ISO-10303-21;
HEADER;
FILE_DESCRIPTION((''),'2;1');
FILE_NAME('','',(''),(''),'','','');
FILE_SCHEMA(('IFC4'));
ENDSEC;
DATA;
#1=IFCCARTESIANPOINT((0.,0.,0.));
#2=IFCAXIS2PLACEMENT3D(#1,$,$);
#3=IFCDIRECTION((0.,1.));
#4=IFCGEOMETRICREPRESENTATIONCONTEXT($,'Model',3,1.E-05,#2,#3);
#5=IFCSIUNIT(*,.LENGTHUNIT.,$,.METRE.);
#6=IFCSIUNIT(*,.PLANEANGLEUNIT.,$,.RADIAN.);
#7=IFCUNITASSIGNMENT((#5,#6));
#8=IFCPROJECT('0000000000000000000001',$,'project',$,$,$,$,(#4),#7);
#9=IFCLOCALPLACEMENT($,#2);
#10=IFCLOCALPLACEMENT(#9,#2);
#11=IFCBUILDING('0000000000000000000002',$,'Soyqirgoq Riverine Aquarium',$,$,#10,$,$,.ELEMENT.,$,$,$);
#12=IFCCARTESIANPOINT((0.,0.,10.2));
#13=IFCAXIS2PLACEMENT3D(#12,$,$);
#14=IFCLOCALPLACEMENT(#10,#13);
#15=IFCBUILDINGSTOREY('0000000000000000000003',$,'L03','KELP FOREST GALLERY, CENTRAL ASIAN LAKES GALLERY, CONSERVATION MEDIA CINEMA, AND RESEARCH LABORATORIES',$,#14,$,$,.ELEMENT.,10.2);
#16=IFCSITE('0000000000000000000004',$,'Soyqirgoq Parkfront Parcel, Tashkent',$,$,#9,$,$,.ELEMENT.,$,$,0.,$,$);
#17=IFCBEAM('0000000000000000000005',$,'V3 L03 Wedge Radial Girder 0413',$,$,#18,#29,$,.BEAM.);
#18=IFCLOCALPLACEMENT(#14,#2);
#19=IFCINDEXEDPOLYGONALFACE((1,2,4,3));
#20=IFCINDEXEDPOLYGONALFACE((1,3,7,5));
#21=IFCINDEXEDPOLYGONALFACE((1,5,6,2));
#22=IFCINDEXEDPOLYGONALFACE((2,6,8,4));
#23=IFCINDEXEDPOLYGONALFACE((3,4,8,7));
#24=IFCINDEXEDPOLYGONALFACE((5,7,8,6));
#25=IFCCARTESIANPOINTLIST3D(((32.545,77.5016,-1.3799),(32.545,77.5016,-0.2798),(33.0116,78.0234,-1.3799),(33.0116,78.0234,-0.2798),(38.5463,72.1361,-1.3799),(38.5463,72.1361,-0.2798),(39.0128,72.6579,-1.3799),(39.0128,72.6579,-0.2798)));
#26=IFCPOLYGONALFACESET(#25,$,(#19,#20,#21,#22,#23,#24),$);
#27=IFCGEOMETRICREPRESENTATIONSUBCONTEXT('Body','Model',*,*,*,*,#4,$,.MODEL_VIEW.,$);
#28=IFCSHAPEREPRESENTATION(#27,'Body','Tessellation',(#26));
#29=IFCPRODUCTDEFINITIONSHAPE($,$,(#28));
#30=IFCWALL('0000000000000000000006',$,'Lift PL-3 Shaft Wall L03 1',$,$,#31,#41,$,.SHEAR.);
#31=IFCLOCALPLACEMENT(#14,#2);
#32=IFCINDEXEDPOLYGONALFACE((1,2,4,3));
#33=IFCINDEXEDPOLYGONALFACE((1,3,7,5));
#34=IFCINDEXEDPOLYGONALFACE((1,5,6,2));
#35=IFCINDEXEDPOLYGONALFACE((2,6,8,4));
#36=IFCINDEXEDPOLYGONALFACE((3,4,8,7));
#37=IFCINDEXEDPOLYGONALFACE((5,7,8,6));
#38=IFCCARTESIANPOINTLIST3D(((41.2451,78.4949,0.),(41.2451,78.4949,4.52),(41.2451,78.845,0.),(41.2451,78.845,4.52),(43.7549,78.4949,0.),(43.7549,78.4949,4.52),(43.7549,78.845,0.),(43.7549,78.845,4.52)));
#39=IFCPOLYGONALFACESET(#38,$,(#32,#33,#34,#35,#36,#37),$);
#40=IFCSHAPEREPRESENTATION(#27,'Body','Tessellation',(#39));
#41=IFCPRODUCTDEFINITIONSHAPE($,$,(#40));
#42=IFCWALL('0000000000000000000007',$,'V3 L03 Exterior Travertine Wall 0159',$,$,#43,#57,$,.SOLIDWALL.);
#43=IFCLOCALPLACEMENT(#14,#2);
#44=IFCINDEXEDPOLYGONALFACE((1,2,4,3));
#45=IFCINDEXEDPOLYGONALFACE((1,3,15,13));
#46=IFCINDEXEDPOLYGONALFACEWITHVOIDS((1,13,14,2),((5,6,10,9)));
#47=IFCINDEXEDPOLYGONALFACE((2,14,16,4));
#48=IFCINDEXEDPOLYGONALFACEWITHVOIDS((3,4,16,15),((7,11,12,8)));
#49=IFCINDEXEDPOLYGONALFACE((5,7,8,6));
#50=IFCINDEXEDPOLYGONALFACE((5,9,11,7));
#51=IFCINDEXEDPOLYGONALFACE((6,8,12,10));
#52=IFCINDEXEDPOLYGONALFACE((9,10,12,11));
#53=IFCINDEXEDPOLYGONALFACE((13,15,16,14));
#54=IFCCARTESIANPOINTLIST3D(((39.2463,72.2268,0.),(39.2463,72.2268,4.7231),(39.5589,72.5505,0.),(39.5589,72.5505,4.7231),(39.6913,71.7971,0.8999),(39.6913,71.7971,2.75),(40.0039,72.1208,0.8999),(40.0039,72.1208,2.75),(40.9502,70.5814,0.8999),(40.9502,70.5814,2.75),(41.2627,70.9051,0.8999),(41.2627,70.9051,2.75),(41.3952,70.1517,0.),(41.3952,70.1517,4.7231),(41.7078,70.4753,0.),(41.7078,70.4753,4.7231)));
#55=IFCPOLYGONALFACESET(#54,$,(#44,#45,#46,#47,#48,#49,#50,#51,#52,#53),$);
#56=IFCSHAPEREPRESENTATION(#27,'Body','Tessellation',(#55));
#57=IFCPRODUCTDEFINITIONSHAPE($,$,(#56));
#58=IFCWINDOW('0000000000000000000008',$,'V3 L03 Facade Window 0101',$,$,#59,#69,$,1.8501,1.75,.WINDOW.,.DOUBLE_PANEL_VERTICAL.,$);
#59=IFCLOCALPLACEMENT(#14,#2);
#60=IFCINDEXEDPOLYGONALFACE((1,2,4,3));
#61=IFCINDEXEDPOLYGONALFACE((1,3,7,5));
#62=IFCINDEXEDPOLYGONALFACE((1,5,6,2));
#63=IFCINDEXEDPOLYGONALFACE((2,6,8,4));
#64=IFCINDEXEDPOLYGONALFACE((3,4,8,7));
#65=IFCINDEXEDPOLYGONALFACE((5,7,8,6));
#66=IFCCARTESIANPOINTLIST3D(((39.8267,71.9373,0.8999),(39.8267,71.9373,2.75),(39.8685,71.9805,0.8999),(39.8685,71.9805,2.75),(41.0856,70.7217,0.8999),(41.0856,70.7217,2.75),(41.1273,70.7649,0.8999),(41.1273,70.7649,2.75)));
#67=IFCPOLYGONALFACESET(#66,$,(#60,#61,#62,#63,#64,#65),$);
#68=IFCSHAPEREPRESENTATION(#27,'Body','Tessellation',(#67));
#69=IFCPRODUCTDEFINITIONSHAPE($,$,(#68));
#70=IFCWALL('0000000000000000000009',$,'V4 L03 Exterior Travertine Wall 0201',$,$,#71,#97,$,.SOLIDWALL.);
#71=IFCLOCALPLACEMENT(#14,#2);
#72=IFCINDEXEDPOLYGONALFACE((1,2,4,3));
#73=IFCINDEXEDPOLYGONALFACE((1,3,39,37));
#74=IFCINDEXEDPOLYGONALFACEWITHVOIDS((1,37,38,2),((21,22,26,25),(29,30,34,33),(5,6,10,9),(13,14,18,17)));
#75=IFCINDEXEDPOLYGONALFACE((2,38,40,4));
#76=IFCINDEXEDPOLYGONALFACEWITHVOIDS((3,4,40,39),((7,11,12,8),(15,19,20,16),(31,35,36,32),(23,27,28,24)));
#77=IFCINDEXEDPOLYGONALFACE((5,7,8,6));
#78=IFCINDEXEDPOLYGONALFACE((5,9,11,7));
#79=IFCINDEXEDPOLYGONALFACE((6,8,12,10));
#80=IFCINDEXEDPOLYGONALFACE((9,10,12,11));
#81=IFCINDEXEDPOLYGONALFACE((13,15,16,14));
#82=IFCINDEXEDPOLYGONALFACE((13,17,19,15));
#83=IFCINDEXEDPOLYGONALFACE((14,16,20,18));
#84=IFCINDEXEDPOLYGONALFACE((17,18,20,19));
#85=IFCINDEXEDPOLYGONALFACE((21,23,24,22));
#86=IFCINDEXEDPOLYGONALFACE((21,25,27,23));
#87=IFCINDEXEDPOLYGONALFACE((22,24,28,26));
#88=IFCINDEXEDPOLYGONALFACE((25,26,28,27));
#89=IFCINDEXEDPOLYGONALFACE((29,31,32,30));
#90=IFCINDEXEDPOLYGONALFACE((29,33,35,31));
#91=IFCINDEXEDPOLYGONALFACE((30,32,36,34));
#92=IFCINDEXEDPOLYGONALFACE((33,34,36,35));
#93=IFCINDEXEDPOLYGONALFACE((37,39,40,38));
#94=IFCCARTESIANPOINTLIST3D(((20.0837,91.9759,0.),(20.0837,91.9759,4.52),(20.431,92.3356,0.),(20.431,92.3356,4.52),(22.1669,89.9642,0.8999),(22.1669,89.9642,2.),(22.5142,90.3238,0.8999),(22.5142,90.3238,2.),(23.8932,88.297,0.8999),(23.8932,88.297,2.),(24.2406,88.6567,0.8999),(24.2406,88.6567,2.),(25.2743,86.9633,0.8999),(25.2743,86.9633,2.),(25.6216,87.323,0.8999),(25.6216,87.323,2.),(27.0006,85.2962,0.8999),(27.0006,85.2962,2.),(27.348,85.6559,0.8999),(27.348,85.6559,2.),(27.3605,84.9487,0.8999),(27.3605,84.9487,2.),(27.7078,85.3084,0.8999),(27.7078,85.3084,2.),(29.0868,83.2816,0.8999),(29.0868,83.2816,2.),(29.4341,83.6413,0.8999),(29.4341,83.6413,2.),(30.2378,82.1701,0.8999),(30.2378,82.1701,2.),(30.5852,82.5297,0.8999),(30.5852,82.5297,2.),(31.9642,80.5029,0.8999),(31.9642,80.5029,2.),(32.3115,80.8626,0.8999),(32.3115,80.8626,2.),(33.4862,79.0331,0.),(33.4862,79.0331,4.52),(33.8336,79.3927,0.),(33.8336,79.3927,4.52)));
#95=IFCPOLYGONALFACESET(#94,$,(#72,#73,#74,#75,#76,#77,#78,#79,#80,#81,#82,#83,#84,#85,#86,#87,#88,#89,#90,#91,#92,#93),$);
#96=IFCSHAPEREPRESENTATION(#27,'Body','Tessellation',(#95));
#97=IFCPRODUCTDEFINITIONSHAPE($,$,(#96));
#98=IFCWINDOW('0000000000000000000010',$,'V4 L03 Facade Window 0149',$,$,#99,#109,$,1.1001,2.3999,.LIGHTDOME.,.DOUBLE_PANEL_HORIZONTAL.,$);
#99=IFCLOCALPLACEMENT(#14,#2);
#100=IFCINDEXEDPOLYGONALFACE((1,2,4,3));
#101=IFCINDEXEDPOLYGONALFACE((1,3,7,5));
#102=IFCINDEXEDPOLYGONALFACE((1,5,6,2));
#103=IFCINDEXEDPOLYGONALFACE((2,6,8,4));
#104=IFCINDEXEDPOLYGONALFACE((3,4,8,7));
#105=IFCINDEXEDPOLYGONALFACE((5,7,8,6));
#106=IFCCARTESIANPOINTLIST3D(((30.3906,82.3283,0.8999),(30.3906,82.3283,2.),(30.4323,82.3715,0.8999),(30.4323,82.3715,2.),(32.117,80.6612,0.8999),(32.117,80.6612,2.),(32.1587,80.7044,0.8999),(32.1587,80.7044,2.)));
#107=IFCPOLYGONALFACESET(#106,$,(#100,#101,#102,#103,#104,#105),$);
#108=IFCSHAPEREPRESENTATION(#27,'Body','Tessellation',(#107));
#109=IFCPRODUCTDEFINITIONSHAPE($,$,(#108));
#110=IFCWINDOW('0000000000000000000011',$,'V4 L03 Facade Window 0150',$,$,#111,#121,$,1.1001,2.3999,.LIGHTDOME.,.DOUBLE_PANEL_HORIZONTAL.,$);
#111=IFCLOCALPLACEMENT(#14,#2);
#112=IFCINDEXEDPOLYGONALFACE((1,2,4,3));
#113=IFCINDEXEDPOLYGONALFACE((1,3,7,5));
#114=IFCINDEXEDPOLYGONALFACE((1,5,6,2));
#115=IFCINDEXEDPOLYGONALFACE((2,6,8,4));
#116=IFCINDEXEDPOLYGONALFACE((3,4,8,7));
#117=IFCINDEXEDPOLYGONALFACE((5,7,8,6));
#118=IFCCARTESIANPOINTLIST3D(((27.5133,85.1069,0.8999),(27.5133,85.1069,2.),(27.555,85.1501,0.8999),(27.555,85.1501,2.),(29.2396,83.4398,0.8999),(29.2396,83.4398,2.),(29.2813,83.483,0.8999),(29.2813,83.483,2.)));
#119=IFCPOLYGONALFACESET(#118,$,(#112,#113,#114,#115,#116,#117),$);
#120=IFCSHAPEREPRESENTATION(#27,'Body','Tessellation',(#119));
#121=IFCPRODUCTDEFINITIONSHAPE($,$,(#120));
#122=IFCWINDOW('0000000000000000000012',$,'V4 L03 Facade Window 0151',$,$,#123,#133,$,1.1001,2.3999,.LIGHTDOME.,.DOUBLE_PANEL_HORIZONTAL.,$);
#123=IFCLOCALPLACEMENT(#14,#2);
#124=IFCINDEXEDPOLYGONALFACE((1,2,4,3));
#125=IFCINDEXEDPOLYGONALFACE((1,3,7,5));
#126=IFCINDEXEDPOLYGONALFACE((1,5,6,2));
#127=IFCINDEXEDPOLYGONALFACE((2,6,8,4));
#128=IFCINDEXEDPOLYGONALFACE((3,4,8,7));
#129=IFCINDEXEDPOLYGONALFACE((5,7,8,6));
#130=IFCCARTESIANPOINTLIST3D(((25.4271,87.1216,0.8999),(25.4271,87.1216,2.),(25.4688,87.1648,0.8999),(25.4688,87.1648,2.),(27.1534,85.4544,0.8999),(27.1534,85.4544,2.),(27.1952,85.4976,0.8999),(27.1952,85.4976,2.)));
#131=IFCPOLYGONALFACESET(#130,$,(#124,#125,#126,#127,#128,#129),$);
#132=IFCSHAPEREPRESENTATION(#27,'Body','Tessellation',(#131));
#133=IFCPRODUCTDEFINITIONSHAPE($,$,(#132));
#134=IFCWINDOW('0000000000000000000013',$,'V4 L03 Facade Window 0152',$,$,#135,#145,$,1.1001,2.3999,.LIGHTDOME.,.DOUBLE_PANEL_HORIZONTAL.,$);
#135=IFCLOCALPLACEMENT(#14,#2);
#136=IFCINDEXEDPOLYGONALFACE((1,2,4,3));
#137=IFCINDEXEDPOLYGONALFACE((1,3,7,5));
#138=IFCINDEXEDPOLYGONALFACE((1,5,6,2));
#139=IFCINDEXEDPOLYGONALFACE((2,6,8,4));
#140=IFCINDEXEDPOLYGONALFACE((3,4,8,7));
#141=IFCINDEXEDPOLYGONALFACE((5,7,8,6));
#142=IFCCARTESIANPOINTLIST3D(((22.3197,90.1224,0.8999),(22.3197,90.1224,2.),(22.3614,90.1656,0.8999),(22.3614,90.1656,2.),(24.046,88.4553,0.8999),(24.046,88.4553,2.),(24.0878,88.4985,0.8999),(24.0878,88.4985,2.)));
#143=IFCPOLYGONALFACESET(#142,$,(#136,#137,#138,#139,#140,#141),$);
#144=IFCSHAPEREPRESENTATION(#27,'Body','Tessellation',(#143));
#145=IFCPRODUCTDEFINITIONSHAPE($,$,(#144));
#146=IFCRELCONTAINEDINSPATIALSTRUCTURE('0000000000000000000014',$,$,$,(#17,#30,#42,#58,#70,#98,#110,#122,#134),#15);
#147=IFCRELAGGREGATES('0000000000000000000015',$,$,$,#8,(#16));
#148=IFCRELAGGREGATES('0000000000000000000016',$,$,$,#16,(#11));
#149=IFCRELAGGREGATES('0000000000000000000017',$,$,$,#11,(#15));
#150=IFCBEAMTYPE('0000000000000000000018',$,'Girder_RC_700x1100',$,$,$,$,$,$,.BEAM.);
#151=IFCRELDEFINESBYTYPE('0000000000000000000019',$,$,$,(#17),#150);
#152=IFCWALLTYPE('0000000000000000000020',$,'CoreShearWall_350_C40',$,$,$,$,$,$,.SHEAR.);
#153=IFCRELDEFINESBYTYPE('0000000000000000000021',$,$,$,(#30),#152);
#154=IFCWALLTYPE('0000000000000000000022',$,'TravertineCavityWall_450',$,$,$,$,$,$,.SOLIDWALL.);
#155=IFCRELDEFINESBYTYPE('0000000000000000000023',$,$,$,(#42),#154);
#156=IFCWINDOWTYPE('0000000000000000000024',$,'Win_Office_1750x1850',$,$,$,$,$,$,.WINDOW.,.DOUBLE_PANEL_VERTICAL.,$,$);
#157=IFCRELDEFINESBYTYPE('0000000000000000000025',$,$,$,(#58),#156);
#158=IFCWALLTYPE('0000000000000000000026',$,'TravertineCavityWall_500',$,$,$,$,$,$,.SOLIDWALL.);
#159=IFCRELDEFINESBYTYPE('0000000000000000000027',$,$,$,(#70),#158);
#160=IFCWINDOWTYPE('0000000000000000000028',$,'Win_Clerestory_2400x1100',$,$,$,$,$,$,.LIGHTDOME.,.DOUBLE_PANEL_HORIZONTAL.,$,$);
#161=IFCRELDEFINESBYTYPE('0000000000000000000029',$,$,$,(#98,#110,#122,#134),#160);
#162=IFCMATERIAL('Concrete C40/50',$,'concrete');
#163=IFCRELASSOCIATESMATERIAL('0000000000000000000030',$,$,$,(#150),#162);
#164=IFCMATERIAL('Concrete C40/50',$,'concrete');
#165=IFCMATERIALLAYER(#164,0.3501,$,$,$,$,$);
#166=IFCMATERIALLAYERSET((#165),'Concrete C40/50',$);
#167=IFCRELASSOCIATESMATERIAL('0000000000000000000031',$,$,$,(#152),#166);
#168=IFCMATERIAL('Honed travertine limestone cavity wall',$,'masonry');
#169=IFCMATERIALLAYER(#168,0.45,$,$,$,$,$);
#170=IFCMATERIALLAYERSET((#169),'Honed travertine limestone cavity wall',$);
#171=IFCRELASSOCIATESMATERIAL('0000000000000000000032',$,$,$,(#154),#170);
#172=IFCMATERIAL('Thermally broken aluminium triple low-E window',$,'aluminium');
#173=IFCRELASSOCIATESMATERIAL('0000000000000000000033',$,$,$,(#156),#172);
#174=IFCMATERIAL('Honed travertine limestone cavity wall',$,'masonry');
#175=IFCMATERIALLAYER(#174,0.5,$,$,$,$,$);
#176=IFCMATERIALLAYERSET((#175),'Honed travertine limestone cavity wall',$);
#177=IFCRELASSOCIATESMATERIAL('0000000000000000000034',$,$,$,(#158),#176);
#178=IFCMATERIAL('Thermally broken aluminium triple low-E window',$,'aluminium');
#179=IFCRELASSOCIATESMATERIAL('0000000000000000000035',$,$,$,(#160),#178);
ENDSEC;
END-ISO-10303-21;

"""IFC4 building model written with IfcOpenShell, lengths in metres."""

from ifc_helpers import new_model, si_unit, direction, frame, frame_2d, origin, origin_2d, place, context, subcontext, project, spatial, rectangle, extrude, material, layer, layer_set, material_profile, profile_set, type_object, element, fill, save


model = new_model("IFC4")

# Units and contexts
model_context = context("Model", 3, precision=1e-05, world=origin(), true_north=direction((0.0, 1.0)))
body_context = subcontext(model_context, "Body", "Model", "MODEL_VIEW")
ifc_project = project(units=[si_unit("LENGTHUNIT", "METRE"), si_unit("PLANEANGLEUNIT", "RADIAN")], contexts=[model_context])

# Site, building, storey
site_placement = place(None, origin())
site = spatial("IfcSite", under=ifc_project, at=site_placement, Name="Soyqirgoq Parkfront Parcel, Tashkent", CompositionType="ELEMENT", RefElevation=0.0)
building_placement = place(site_placement, origin())
building = spatial("IfcBuilding", under=site, at=building_placement, Name="Soyqirgoq Riverine Aquarium", CompositionType="ELEMENT")
storey_placement = place(building_placement, frame((0.0, 0.0, 10.2)))
storey = spatial("IfcBuildingStorey", under=building, at=storey_placement, Name="L03", Description="KELP FOREST GALLERY, CENTRAL ASIAN LAKES GALLERY, CONSERVATION MEDIA CINEMA, AND RESEARCH LABORATORIES", CompositionType="ELEMENT", Elevation=10.2)

# Beam
ifc_material_1 = material(Name="Concrete C40/50", Category="concrete")
ifc_material_profile_1 = material_profile(ifc_material_1, rectangle(XDim=0.7, YDim=1.1001, at=origin_2d()), Name="RC 700x1100")
ifc_profile_set_1 = profile_set([ifc_material_profile_1], Name="Concrete C40/50")
beam_type_1 = type_object("IfcBeamType", Name="Girder_RC_700x1100", PredefinedType="BEAM", material=ifc_profile_set_1)
beam_1_placement = place(storey_placement, frame((38.7795, 72.397, -0.8298), z_axis=(-0.74549, 0.666516, 0.0), x_axis=(-0.666516, -0.74549, 0.0)))
element("IfcBeam", 1, at=beam_1_placement, inside=storey, type_object=beam_type_1, Name="V3 L03 Wedge Radial Girder 0413", PredefinedType="BEAM", context=body_context, shape_type="SweptSolid", body=[
    extrude(rectangle(XDim=0.7, YDim=1.1001, at=origin_2d()), origin(), (0.0, 0.0, 1.0), 8.05),
])

# Wall
ifc_material_2 = material(Name="Concrete C40/50", Category="concrete")
ifc_layer_1 = layer(ifc_material_2, 0.3501)
ifc_layer_set_1 = layer_set([ifc_layer_1], Name="Concrete C40/50")
wall_type_1 = type_object("IfcWallType", Name="CoreShearWall_350_C40", PredefinedType="SHEAR", material=ifc_layer_set_1)
wall_1_placement = place(storey_placement, frame((41.2451, 78.6699, 0.0), z_axis=(0.0, 0.0, 1.0), x_axis=(1.0, 0.0, 0.0)))
element("IfcWall", 2, at=wall_1_placement, inside=storey, type_object=wall_type_1, Name="Lift PL-3 Shaft Wall L03 1", PredefinedType="SHEAR", context=body_context, shape_type="SweptSolid", body=[
    extrude(rectangle(XDim=2.5098, YDim=0.3501, at=frame_2d((1.2549, 0.0))), origin(), (0.0, 0.0, 1.0), 4.52),
])

# Wall, opening, window
ifc_material_3 = material(Name="Honed travertine limestone cavity wall", Category="masonry")
ifc_layer_2 = layer(ifc_material_3, 0.45)
ifc_layer_set_2 = layer_set([ifc_layer_2], Name="Honed travertine limestone cavity wall")
wall_type_2 = type_object("IfcWallType", Name="TravertineCavityWall_450", PredefinedType="SOLIDWALL", material=ifc_layer_set_2)
wall_2_placement = place(storey_placement, frame((39.4026, 72.3887, 0.0), z_axis=(0.0, 0.0, 1.0), x_axis=(0.719339, -0.694659, 0.0)))
wall_2 = element("IfcWall", 3, at=wall_2_placement, inside=storey, type_object=wall_type_2, Name="V3 L03 Exterior Travertine Wall 0159", PredefinedType="SOLIDWALL", context=body_context, shape_type="SweptSolid", body=[
    extrude(rectangle(XDim=2.9873, YDim=0.45, at=frame_2d((1.4937, 0.0))), origin(), (0.0, 0.0, 1.0), 4.7231),
])
opening_1_placement = place(wall_2_placement, frame((0.6187, 0.0, 0.8999)))
opening_1 = element("IfcOpeningElement", 4, at=opening_1_placement, cuts=wall_2, PredefinedType="OPENING", context=body_context, shape_type="SweptSolid", body=[
    extrude(rectangle(XDim=1.75, YDim=1.8501, at=frame_2d((0.875, 0.925))), frame((0.0, 0.2349, 0.0), z_axis=(0.0, -1.0, 0.0), x_axis=(1.0, 0.0, 0.0)), (0.0, 0.0, 1.0), 0.47),
])
ifc_material_4 = material(Name="Thermally broken aluminium triple low-E window", Category="aluminium")
window_type_1 = type_object("IfcWindowType", Name="Win_Office_1750x1850", PartitioningType="DOUBLE_PANEL_VERTICAL", PredefinedType="WINDOW", material=ifc_material_4)
window_1_placement = place(opening_1_placement, origin())
window_1 = element("IfcWindow", 5, at=window_1_placement, inside=storey, type_object=window_type_1, Name="V3 L03 Facade Window 0101", OverallHeight=1.8501, OverallWidth=1.75, PartitioningType="DOUBLE_PANEL_VERTICAL", PredefinedType="WINDOW", context=body_context, shape_type="SweptSolid", body=[
    extrude(rectangle(XDim=1.75, YDim=1.8501, at=frame_2d((0.875, 0.925))), frame((0.0, 0.03, 0.0), z_axis=(0.0, -1.0, 0.0), x_axis=(1.0, 0.0, 0.0)), (0.0, 0.0, 1.0), 0.0601),
])
fill(opening_1, window_1)

# Wall, openings, windows
ifc_material_5 = material(Name="Honed travertine limestone cavity wall", Category="masonry")
ifc_layer_3 = layer(ifc_material_5, 0.5)
ifc_layer_set_3 = layer_set([ifc_layer_3], Name="Honed travertine limestone cavity wall")
wall_type_3 = type_object("IfcWallType", Name="TravertineCavityWall_500", PredefinedType="SOLIDWALL", material=ifc_layer_set_3)
wall_3_placement = place(storey_placement, frame((33.6599, 79.2129, 0.0), z_axis=(0.0, 0.0, 1.0), x_axis=(-0.719336, 0.694662, 0.0)))
wall_3 = element("IfcWall", 6, at=wall_3_placement, inside=storey, type_object=wall_type_3, Name="V4 L03 Exterior Travertine Wall 0201", PredefinedType="SOLIDWALL", context=body_context, shape_type="SweptSolid", body=[
    extrude(rectangle(XDim=18.6318, YDim=0.5, at=frame_2d((9.3159, 0.0))), origin(), (0.0, 0.0, 1.0), 4.52),
])
opening_2_placement = place(wall_3_placement, frame((2.116, 0.0, 0.8999)))
opening_2 = element("IfcOpeningElement", 7, at=opening_2_placement, cuts=wall_3, PredefinedType="OPENING", context=body_context, shape_type="SweptSolid", body=[
    extrude(rectangle(XDim=2.3999, YDim=1.1001, at=frame_2d((1.2, 0.55))), frame((0.0, 0.26, 0.0), z_axis=(0.0, -1.0, 0.0), x_axis=(1.0, 0.0, 0.0)), (0.0, 0.0, 1.0), 0.52),
])
opening_3_placement = place(wall_3_placement, frame((6.116, 0.0, 0.8999)))
opening_3 = element("IfcOpeningElement", 8, at=opening_3_placement, cuts=wall_3, PredefinedType="OPENING", context=body_context, shape_type="SweptSolid", body=[
    extrude(rectangle(XDim=2.3999, YDim=1.1001, at=frame_2d((1.2, 0.55))), frame((0.0, 0.26, 0.0), z_axis=(0.0, -1.0, 0.0), x_axis=(1.0, 0.0, 0.0)), (0.0, 0.0, 1.0), 0.52),
])
opening_4_placement = place(wall_3_placement, frame((9.0161, 0.0, 0.8999)))
opening_4 = element("IfcOpeningElement", 9, at=opening_4_placement, cuts=wall_3, PredefinedType="OPENING", context=body_context, shape_type="SweptSolid", body=[
    extrude(rectangle(XDim=2.3999, YDim=1.1001, at=frame_2d((1.2, 0.55))), frame((0.0, 0.26, 0.0), z_axis=(0.0, -1.0, 0.0), x_axis=(1.0, 0.0, 0.0)), (0.0, 0.0, 1.0), 0.52),
])
opening_5_placement = place(wall_3_placement, frame((13.3359, 0.0, 0.8999)))
opening_5 = element("IfcOpeningElement", 10, at=opening_5_placement, cuts=wall_3, PredefinedType="OPENING", context=body_context, shape_type="SweptSolid", body=[
    extrude(rectangle(XDim=2.3999, YDim=1.1001, at=frame_2d((1.2, 0.55))), frame((0.0, 0.26, 0.0), z_axis=(0.0, -1.0, 0.0), x_axis=(1.0, 0.0, 0.0)), (0.0, 0.0, 1.0), 0.52),
])
ifc_material_6 = material(Name="Thermally broken aluminium triple low-E window", Category="aluminium")
window_type_2 = type_object("IfcWindowType", Name="Win_Clerestory_2400x1100", PartitioningType="DOUBLE_PANEL_HORIZONTAL", PredefinedType="LIGHTDOME", material=ifc_material_6)
window_2_placement = place(opening_2_placement, origin())
window_2 = element("IfcWindow", 11, at=window_2_placement, inside=storey, type_object=window_type_2, Name="V4 L03 Facade Window 0149", OverallHeight=1.1001, OverallWidth=2.3999, PartitioningType="DOUBLE_PANEL_HORIZONTAL", PredefinedType="LIGHTDOME", context=body_context, shape_type="SweptSolid", body=[
    extrude(rectangle(XDim=2.3999, YDim=1.1001, at=frame_2d((1.2, 0.55))), frame((0.0, 0.03, 0.0), z_axis=(0.0, -1.0, 0.0), x_axis=(1.0, 0.0, 0.0)), (0.0, 0.0, 1.0), 0.0601),
])
fill(opening_2, window_2)
window_3_placement = place(opening_3_placement, origin())
window_3 = element("IfcWindow", 12, at=window_3_placement, inside=storey, type_object=window_type_2, Name="V4 L03 Facade Window 0150", OverallHeight=1.1001, OverallWidth=2.3999, PartitioningType="DOUBLE_PANEL_HORIZONTAL", PredefinedType="LIGHTDOME", context=body_context, shape_type="SweptSolid", body=[
    extrude(rectangle(XDim=2.3999, YDim=1.1001, at=frame_2d((1.2, 0.55))), frame((0.0, 0.03, 0.0), z_axis=(0.0, -1.0, 0.0), x_axis=(1.0, 0.0, 0.0)), (0.0, 0.0, 1.0), 0.0601),
])
fill(opening_3, window_3)
window_4_placement = place(opening_4_placement, origin())
window_4 = element("IfcWindow", 13, at=window_4_placement, inside=storey, type_object=window_type_2, Name="V4 L03 Facade Window 0151", OverallHeight=1.1001, OverallWidth=2.3999, PartitioningType="DOUBLE_PANEL_HORIZONTAL", PredefinedType="LIGHTDOME", context=body_context, shape_type="SweptSolid", body=[
    extrude(rectangle(XDim=2.3999, YDim=1.1001, at=frame_2d((1.2, 0.55))), frame((0.0, 0.03, 0.0), z_axis=(0.0, -1.0, 0.0), x_axis=(1.0, 0.0, 0.0)), (0.0, 0.0, 1.0), 0.0601),
])
fill(opening_4, window_4)
window_5_placement = place(opening_5_placement, origin())
window_5 = element("IfcWindow", 14, at=window_5_placement, inside=storey, type_object=window_type_2, Name="V4 L03 Facade Window 0152", OverallHeight=1.1001, OverallWidth=2.3999, PartitioningType="DOUBLE_PANEL_HORIZONTAL", PredefinedType="LIGHTDOME", context=body_context, shape_type="SweptSolid", body=[
    extrude(rectangle(XDim=2.3999, YDim=1.1001, at=frame_2d((1.2, 0.55))), frame((0.0, 0.03, 0.0), z_axis=(0.0, -1.0, 0.0), x_axis=(1.0, 0.0, 0.0)), (0.0, 0.0, 1.0), 0.0601),
])
fill(opening_5, window_5)

save(model, "model.ifc")
